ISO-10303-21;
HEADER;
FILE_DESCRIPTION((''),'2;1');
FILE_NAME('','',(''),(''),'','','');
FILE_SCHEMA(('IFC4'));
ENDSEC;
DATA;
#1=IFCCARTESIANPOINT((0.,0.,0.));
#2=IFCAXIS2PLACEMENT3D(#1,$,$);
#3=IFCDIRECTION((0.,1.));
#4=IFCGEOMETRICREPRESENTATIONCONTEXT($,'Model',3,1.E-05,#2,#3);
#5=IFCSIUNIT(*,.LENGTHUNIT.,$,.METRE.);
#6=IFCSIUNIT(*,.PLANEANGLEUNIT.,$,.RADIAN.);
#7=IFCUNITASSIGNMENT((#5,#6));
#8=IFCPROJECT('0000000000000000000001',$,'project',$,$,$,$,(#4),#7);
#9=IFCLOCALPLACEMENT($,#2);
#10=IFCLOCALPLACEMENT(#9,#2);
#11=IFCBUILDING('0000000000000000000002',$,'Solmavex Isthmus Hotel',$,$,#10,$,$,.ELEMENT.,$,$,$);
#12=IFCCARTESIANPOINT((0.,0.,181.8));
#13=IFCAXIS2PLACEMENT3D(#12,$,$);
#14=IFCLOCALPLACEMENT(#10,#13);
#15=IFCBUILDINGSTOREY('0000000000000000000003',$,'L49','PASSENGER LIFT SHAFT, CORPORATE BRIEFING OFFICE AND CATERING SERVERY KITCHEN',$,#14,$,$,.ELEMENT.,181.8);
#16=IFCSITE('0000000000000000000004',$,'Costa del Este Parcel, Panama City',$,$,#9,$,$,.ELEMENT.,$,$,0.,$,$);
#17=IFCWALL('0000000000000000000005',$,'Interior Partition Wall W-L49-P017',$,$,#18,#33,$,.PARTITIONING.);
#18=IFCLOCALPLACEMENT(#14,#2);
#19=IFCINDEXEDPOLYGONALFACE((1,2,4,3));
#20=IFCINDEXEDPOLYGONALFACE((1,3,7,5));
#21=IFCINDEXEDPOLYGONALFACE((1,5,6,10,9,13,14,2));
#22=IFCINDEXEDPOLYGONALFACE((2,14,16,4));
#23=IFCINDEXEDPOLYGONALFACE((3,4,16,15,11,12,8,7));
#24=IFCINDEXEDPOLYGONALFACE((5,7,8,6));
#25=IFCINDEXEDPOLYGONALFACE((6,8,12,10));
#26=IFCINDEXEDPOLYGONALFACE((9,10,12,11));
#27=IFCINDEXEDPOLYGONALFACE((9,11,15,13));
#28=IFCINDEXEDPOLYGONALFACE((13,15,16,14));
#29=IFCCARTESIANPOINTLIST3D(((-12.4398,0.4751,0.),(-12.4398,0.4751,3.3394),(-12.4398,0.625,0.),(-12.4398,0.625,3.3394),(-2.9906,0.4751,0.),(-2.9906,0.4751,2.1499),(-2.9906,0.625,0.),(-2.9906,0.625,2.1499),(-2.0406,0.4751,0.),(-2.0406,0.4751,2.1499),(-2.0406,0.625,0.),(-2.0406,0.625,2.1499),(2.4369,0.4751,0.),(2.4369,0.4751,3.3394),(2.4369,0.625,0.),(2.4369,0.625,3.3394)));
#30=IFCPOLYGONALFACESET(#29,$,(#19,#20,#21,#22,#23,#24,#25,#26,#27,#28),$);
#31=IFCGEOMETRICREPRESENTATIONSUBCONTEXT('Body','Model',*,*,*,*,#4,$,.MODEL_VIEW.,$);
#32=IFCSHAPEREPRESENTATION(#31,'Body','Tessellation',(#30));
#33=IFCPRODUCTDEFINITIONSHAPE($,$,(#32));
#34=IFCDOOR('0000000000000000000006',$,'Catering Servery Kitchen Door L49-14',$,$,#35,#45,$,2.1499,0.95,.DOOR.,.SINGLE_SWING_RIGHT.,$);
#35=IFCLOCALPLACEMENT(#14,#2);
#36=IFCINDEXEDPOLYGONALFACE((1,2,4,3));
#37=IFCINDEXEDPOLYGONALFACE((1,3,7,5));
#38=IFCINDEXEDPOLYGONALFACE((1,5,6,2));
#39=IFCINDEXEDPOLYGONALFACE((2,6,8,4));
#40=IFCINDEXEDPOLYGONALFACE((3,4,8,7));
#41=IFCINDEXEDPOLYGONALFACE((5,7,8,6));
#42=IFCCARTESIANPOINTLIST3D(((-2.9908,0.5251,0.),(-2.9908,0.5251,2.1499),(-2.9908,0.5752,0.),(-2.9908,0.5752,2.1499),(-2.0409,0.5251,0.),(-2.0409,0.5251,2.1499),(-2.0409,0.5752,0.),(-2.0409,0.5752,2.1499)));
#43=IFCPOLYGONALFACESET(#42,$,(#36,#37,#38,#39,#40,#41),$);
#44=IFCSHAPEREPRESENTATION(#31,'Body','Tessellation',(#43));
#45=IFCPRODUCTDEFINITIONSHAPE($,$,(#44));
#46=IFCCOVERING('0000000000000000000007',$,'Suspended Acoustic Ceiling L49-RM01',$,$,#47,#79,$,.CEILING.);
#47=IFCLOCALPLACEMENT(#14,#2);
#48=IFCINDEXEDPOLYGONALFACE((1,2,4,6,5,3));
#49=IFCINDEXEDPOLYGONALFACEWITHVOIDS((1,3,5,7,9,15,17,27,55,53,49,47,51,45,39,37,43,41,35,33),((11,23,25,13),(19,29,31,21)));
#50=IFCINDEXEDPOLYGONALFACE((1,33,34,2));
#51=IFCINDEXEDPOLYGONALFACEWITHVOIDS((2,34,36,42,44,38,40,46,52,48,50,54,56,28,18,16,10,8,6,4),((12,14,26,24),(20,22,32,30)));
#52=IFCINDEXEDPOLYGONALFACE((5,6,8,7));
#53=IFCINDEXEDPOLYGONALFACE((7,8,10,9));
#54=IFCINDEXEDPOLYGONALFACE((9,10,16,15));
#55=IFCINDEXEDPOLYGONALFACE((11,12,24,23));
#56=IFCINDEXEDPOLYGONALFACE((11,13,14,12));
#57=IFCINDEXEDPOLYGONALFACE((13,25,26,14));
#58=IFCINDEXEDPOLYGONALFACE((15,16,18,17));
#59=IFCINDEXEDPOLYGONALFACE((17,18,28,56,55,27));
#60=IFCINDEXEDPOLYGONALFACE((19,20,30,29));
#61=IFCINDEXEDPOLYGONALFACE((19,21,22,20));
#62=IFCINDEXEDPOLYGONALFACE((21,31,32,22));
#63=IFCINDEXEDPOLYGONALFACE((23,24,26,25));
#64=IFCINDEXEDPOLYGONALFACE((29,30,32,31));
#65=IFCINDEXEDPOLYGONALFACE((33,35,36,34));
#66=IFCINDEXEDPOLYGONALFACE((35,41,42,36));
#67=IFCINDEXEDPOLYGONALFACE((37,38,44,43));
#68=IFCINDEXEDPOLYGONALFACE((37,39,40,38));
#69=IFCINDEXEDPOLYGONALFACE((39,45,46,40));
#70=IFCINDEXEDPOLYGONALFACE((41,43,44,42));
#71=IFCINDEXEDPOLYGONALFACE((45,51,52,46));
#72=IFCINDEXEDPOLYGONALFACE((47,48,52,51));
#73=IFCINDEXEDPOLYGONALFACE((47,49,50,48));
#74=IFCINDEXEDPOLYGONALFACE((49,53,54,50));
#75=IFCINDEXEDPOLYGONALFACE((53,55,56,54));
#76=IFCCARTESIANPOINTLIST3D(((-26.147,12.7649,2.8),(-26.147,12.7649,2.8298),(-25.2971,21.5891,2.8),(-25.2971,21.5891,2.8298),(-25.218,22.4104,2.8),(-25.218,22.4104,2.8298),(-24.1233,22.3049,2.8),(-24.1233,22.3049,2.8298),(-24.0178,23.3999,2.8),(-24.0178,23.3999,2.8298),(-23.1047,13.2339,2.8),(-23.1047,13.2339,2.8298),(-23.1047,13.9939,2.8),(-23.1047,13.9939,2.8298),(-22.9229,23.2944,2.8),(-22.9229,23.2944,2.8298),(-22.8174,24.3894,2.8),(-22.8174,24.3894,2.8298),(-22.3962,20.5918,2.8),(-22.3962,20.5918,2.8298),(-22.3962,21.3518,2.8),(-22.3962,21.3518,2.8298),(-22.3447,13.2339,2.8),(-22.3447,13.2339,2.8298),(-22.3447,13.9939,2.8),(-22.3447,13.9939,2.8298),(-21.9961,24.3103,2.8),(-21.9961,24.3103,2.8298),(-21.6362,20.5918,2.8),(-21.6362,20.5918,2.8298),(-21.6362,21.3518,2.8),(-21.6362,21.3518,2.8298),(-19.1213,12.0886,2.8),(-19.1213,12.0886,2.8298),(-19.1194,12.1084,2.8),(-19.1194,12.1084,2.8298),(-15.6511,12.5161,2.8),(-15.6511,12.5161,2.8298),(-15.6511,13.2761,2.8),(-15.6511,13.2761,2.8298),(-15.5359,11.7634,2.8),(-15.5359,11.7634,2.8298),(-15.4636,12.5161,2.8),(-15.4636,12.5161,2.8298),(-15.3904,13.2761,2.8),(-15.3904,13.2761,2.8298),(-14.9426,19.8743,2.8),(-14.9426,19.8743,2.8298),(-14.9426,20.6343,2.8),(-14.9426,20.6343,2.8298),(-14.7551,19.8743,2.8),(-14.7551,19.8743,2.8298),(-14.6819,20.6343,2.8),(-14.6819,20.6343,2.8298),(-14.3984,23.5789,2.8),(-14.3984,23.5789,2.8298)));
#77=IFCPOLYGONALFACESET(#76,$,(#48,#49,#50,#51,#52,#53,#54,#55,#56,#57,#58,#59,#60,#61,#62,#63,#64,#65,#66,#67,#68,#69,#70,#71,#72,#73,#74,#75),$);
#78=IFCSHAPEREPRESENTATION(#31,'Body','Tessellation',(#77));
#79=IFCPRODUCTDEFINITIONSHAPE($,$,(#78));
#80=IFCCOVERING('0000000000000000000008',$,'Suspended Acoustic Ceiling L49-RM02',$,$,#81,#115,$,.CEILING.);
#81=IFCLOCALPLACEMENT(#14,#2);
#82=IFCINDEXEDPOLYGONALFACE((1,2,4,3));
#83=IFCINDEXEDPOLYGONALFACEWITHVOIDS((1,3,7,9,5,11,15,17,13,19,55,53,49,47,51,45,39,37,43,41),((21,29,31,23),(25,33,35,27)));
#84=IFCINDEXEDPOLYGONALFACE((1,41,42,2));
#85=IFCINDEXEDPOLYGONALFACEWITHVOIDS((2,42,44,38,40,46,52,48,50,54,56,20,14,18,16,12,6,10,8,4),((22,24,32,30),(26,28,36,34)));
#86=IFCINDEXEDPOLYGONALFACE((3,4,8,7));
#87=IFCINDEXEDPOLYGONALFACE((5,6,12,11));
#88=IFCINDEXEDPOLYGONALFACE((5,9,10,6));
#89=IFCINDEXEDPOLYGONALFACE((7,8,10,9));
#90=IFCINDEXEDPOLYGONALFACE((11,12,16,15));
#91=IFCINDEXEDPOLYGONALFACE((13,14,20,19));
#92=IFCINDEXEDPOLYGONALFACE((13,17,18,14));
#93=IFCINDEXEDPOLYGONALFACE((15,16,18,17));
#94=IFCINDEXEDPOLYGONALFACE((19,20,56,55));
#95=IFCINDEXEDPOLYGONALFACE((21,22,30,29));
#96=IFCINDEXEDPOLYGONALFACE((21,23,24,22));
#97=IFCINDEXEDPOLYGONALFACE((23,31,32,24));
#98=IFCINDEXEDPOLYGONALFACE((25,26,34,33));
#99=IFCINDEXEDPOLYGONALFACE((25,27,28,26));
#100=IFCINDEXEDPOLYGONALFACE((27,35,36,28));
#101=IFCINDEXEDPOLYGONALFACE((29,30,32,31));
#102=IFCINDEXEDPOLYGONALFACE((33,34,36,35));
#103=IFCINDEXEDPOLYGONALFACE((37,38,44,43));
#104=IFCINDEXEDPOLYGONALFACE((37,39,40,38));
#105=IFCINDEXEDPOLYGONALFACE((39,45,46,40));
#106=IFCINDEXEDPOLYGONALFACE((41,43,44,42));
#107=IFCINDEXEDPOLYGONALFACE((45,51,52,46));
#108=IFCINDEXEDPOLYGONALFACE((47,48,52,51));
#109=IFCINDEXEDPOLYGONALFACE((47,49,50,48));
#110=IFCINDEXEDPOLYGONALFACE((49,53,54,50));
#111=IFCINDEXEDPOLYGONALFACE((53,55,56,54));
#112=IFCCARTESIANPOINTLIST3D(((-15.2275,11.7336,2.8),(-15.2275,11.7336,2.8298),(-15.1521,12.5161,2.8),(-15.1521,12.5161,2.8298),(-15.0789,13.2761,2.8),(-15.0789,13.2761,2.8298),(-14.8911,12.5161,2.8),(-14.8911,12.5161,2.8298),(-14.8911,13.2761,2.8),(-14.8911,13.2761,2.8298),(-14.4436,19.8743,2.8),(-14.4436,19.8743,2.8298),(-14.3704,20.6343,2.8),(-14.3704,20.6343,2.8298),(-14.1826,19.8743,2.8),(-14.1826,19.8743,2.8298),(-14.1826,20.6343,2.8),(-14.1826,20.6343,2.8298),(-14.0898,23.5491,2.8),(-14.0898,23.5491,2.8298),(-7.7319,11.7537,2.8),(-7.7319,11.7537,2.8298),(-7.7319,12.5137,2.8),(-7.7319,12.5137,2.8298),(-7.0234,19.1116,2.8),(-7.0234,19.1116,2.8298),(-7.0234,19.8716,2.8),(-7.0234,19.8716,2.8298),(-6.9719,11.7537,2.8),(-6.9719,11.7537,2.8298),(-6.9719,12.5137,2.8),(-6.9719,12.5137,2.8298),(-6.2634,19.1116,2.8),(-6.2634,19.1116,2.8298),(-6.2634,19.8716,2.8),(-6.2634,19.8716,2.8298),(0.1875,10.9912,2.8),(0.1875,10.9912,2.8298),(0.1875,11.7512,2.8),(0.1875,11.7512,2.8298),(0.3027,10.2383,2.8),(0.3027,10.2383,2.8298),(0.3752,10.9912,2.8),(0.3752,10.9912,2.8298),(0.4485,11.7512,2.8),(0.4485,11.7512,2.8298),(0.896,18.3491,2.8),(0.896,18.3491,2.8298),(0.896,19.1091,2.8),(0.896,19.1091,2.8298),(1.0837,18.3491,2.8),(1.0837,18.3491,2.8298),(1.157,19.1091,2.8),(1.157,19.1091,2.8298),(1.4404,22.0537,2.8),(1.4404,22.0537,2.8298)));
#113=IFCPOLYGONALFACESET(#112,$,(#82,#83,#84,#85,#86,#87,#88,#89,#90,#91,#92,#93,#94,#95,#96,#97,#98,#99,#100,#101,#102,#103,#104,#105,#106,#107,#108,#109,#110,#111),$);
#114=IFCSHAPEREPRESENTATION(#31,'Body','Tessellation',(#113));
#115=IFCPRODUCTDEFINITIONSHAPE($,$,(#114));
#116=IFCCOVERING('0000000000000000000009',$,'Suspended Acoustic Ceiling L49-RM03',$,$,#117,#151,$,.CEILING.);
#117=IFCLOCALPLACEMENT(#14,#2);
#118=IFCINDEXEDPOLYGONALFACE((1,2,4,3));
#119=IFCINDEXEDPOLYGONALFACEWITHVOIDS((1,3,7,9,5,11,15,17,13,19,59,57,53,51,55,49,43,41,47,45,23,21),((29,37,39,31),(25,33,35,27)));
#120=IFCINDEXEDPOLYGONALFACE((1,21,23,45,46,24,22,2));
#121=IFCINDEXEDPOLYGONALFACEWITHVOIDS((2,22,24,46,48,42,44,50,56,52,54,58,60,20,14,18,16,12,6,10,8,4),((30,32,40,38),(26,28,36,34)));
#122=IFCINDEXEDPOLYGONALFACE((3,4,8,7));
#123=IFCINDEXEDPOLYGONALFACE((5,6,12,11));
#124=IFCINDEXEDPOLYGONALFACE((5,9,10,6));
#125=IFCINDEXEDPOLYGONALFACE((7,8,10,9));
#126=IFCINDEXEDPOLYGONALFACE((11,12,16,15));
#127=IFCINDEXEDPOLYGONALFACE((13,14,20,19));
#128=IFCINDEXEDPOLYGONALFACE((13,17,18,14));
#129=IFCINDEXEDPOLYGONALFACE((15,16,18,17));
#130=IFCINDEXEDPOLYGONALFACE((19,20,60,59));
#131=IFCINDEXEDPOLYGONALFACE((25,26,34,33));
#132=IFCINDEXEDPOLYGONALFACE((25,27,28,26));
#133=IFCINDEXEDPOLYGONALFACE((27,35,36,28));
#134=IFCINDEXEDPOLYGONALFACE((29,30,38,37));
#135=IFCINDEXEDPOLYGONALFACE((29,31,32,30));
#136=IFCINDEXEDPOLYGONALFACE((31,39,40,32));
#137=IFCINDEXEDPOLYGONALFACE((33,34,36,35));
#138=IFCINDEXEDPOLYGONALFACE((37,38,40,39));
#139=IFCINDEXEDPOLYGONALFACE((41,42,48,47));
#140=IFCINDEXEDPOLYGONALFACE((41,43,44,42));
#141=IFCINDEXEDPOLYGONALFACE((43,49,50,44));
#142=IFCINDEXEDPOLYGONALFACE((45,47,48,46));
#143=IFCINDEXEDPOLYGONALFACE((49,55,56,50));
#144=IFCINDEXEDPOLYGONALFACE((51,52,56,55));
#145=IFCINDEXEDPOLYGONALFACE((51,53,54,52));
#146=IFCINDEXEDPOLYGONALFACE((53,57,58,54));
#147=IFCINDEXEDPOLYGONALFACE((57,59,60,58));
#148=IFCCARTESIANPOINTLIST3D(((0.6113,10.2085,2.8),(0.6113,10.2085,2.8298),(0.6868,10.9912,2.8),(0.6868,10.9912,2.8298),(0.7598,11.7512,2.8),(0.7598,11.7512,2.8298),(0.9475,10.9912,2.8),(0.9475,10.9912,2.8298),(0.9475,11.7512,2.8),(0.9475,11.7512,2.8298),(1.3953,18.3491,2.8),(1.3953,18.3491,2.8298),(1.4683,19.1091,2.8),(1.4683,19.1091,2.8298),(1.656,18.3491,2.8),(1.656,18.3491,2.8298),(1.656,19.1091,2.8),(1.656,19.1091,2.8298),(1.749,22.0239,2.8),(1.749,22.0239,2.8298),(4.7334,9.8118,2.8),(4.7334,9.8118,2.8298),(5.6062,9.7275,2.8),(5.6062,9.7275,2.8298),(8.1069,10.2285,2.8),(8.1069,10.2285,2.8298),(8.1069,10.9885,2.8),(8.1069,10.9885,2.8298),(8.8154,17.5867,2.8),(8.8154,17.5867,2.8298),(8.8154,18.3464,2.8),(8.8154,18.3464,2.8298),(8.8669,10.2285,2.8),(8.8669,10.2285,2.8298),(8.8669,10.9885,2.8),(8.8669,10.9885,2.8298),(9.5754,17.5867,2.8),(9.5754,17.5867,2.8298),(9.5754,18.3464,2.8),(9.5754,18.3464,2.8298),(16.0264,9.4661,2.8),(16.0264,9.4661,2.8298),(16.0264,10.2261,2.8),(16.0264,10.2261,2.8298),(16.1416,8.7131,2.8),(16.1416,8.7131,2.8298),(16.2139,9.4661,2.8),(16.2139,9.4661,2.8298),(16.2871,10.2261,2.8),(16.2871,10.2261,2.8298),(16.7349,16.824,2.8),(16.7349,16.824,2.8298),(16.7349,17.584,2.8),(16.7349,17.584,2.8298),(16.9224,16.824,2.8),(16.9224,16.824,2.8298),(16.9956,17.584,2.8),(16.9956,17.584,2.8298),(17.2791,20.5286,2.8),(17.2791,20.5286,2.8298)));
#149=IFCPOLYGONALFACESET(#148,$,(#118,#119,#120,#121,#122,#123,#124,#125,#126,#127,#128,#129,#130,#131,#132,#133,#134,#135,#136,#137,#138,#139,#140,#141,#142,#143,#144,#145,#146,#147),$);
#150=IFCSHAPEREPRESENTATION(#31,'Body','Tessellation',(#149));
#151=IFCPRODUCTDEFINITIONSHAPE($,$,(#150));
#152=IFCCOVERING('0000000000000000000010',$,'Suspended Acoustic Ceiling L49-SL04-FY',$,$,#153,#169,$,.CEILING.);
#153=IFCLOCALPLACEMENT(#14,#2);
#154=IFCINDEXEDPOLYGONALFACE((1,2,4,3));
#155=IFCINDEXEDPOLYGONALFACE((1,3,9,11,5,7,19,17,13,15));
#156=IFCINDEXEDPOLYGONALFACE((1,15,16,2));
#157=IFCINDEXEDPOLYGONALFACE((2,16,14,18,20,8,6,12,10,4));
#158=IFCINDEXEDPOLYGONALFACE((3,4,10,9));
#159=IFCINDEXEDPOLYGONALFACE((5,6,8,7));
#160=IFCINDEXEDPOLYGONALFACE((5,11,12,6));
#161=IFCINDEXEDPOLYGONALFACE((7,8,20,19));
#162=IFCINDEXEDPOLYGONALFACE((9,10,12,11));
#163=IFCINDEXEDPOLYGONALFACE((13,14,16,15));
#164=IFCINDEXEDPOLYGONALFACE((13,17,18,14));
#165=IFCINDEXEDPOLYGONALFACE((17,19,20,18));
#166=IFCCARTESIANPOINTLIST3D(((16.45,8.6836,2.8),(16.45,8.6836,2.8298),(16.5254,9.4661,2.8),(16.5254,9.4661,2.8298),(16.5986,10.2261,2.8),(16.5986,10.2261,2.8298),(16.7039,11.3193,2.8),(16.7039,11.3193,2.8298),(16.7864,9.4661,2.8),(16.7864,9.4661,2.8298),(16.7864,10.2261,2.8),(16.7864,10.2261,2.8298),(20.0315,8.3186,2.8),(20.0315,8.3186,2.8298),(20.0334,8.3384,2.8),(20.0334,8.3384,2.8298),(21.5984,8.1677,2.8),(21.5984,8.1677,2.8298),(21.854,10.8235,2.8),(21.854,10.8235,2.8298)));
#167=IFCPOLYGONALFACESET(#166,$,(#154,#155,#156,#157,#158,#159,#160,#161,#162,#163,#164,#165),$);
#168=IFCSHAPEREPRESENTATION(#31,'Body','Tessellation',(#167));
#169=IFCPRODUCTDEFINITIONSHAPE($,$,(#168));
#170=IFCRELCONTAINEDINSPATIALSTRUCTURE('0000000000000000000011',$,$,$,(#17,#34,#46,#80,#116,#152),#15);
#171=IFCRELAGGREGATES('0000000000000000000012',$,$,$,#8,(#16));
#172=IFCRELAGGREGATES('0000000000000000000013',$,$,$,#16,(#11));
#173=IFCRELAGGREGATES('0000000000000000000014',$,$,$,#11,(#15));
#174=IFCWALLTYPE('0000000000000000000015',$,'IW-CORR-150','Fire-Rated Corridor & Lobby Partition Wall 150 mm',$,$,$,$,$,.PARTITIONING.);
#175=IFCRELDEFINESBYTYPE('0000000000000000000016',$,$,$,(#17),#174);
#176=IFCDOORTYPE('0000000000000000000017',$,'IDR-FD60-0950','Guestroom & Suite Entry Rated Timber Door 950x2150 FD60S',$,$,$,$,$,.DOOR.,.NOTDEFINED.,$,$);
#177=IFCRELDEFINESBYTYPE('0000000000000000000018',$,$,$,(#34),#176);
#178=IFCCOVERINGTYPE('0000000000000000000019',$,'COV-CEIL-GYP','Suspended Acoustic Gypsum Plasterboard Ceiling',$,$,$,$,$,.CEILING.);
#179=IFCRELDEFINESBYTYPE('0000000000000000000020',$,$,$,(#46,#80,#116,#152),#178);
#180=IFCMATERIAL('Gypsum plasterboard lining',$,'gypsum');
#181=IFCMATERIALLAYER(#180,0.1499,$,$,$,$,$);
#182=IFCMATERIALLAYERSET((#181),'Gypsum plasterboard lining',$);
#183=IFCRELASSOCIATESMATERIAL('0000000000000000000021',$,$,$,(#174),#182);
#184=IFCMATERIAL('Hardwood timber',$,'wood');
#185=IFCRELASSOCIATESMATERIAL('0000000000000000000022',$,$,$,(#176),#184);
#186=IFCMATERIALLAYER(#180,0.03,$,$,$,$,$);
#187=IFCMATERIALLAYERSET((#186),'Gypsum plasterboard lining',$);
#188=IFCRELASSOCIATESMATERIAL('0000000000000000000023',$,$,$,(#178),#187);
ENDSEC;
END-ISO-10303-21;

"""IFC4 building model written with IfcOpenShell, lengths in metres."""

from ifc_helpers import new_model, si_unit, direction, frame, frame_2d, origin, place, context, subcontext, project, spatial, polyline, rectangle, outline, extrude, material, layer, layer_set, type_object, element, fill, save


model = new_model("IFC4")

# Units and contexts
model_context = context("Model", 3, precision=1e-05, world=origin(), true_north=direction((0.0, 1.0)))
body_context = subcontext(model_context, "Body", "Model", "MODEL_VIEW")
ifc_project = project(units=[si_unit("LENGTHUNIT", "METRE"), si_unit("PLANEANGLEUNIT", "RADIAN")], contexts=[model_context])

# Site, building, storey
site_placement = place(None, origin())
site = spatial("IfcSite", under=ifc_project, at=site_placement, Name="Costa del Este Parcel, Panama City", CompositionType="ELEMENT", RefElevation=0.0)
building_placement = place(site_placement, origin())
building = spatial("IfcBuilding", under=site, at=building_placement, Name="Solmavex Isthmus Hotel", CompositionType="ELEMENT")
storey_placement = place(building_placement, frame((0.0, 0.0, 181.8)))
storey = spatial("IfcBuildingStorey", under=building, at=storey_placement, Name="L49", Description="PASSENGER LIFT SHAFT, CORPORATE BRIEFING OFFICE AND CATERING SERVERY KITCHEN", CompositionType="ELEMENT", Elevation=181.8)

# Wall, opening, door
ifc_material_1 = material(Name="Gypsum plasterboard lining", Category="gypsum")
ifc_layer_1 = layer(ifc_material_1, 0.1499)
ifc_layer_set_1 = layer_set([ifc_layer_1], Name="Gypsum plasterboard lining")
wall_type = type_object("IfcWallType", Name="IW-CORR-150", Description="Fire-Rated Corridor & Lobby Partition Wall 150 mm", PredefinedType="PARTITIONING", material=ifc_layer_set_1)
wall_placement = place(storey_placement, frame((-12.4399, 0.55, 0.0), z_axis=(0.0, 0.0, 1.0), x_axis=(1.0, 0.0, 0.0)))
wall = element("IfcWall", 1, at=wall_placement, inside=storey, type_object=wall_type, Name="Interior Partition Wall W-L49-P017", PredefinedType="PARTITIONING", context=body_context, shape_type="SweptSolid", body=[
    extrude(rectangle(XDim=14.8767, YDim=0.1499, at=frame_2d((7.4385, 0.0))), origin(), (0.0, 0.0, 1.0), 3.3394),
])
opening_placement = place(wall_placement, frame((9.4492, 0.0, 0.0)))
opening = element("IfcOpeningElement", 2, at=opening_placement, cuts=wall, PredefinedType="OPENING", context=body_context, shape_type="SweptSolid", body=[
    extrude(rectangle(XDim=0.95, YDim=2.1499, at=frame_2d((0.4751, 1.075))), frame((0.0, 0.085, 0.0), z_axis=(0.0, -1.0, 0.0), x_axis=(1.0, 0.0, 0.0)), (0.0, 0.0, 1.0), 0.1699),
])
ifc_material_2 = material(Name="Hardwood timber", Category="wood")
door_type = type_object("IfcDoorType", Name="IDR-FD60-0950", Description="Guestroom & Suite Entry Rated Timber Door 950x2150 FD60S", OperationType="NOTDEFINED", PredefinedType="DOOR", material=ifc_material_2)
door_placement = place(opening_placement, frame((0.95, 0.0, 0.0), z_axis=(0.0, 0.0, 1.0), x_axis=(-1.0, 0.0, 0.0)))
door = element("IfcDoor", 3, at=door_placement, inside=storey, type_object=door_type, Name="Catering Servery Kitchen Door L49-14", OperationType="SINGLE_SWING_RIGHT", OverallHeight=2.1499, OverallWidth=0.95, PredefinedType="DOOR", context=body_context, shape_type="SweptSolid", body=[
    extrude(rectangle(XDim=0.95, YDim=2.1499, at=frame_2d((0.4751, 1.075))), frame((0.0, 0.0249, 0.0), z_axis=(0.0, -1.0, 0.0), x_axis=(1.0, 0.0, 0.0)), (0.0, 0.0, 1.0), 0.05),
])
fill(opening, door)

# Coverings
ifc_layer_2 = layer(ifc_material_1, 0.03)
ifc_layer_set_2 = layer_set([ifc_layer_2], Name="Gypsum plasterboard lining")
covering_type_1 = type_object("IfcCoveringType", Name="COV-CEIL-GYP", Description="Suspended Acoustic Gypsum Plasterboard Ceiling", PredefinedType="CEILING", material=ifc_layer_set_2)
covering_1_placement = place(storey_placement, frame((0.0, 0.0, 2.8)))
element("IfcCovering", 4, at=covering_1_placement, inside=storey, type_object=covering_type_1, Name="Suspended Acoustic Ceiling L49-RM01", PredefinedType="CEILING", context=body_context, shape_type="SweptSolid", body=[
    extrude(outline(polyline([(-19.1213, 12.0886), (-19.1194, 12.1084), (-15.5359, 11.7634), (-15.4636, 12.5161), (-15.6511, 12.5161), (-15.6511, 13.2761), (-15.3904, 13.2761), (-14.7551, 19.8743), (-14.9426, 19.8743), (-14.9426, 20.6343), (-14.6819, 20.6343), (-14.3984, 23.5789), (-21.9961, 24.3103), (-22.8174, 24.3894), (-22.9229, 23.2944), (-24.0178, 23.3999), (-24.1233, 22.3049), (-25.218, 22.4104), (-25.2971, 21.5891), (-26.147, 12.7649), (-19.1213, 12.0886)]), holes=[polyline([(-22.3962, 20.5918), (-22.3962, 21.3518), (-21.6362, 21.3518), (-21.6362, 20.5918), (-22.3962, 20.5918)]), polyline([(-23.1047, 13.2339), (-23.1047, 13.9939), (-22.3447, 13.9939), (-22.3447, 13.2339), (-23.1047, 13.2339)])]), origin(), (0.0, 0.0, 1.0), 0.0298),
])
covering_2_placement = place(storey_placement, frame((0.0, 0.0, 2.8)))
element("IfcCovering", 5, at=covering_2_placement, inside=storey, type_object=covering_type_1, Name="Suspended Acoustic Ceiling L49-RM02", PredefinedType="CEILING", context=body_context, shape_type="SweptSolid", body=[
    extrude(outline(polyline([(-15.0789, 13.2761), (-14.8911, 13.2761), (-14.8911, 12.5161), (-15.1521, 12.5161), (-15.2275, 11.7336), (0.3027, 10.2383), (0.3752, 10.9912), (0.1875, 10.9912), (0.1875, 11.7512), (0.4485, 11.7512), (1.0837, 18.3491), (0.896, 18.3491), (0.896, 19.1091), (1.157, 19.1091), (1.4404, 22.0537), (-14.0898, 23.5491), (-14.3704, 20.6343), (-14.1826, 20.6343), (-14.1826, 19.8743), (-14.4436, 19.8743), (-15.0789, 13.2761)]), holes=[polyline([(-7.0234, 19.1116), (-7.0234, 19.8716), (-6.2634, 19.8716), (-6.2634, 19.1116), (-7.0234, 19.1116)]), polyline([(-7.7319, 11.7537), (-7.7319, 12.5137), (-6.9719, 12.5137), (-6.9719, 11.7537), (-7.7319, 11.7537)])]), origin(), (0.0, 0.0, 1.0), 0.0298),
])
covering_3_placement = place(storey_placement, frame((0.0, 0.0, 2.8)))
element("IfcCovering", 6, at=covering_3_placement, inside=storey, type_object=covering_type_1, Name="Suspended Acoustic Ceiling L49-RM03", PredefinedType="CEILING", context=body_context, shape_type="SweptSolid", body=[
    extrude(outline(polyline([(0.7598, 11.7512), (0.9475, 11.7512), (0.9475, 10.9912), (0.6868, 10.9912), (0.6113, 10.2085), (4.7334, 9.8118), (5.6062, 9.7275), (16.1416, 8.7131), (16.2139, 9.4661), (16.0264, 9.4661), (16.0264, 10.2261), (16.2871, 10.2261), (16.9224, 16.824), (16.7349, 16.824), (16.7349, 17.584), (16.9956, 17.584), (17.2791, 20.5286), (1.749, 22.0239), (1.4683, 19.1091), (1.656, 19.1091), (1.656, 18.3491), (1.3953, 18.3491), (0.7598, 11.7512)]), holes=[polyline([(8.8154, 17.5867), (8.8154, 18.3464), (9.5754, 18.3464), (9.5754, 17.5867), (8.8154, 17.5867)]), polyline([(8.1069, 10.2285), (8.1069, 10.9885), (8.8669, 10.9885), (8.8669, 10.2285), (8.1069, 10.2285)])]), origin(), (0.0, 0.0, 1.0), 0.0298),
])
covering_4_placement = place(storey_placement, frame((0.0, 0.0, 2.8)))
element("IfcCovering", 7, at=covering_4_placement, inside=storey, type_object=covering_type_1, Name="Suspended Acoustic Ceiling L49-SL04-FY", PredefinedType="CEILING", context=body_context, shape_type="SweptSolid", body=[
    extrude(outline(polyline([(16.5986, 10.2261), (16.7864, 10.2261), (16.7864, 9.4661), (16.5254, 9.4661), (16.45, 8.6836), (20.0334, 8.3384), (20.0315, 8.3186), (21.5984, 8.1677), (21.854, 10.8235), (16.7039, 11.3193), (16.5986, 10.2261)])), origin(), (0.0, 0.0, 1.0), 0.0298),
])

save(model, "model.ifc")
